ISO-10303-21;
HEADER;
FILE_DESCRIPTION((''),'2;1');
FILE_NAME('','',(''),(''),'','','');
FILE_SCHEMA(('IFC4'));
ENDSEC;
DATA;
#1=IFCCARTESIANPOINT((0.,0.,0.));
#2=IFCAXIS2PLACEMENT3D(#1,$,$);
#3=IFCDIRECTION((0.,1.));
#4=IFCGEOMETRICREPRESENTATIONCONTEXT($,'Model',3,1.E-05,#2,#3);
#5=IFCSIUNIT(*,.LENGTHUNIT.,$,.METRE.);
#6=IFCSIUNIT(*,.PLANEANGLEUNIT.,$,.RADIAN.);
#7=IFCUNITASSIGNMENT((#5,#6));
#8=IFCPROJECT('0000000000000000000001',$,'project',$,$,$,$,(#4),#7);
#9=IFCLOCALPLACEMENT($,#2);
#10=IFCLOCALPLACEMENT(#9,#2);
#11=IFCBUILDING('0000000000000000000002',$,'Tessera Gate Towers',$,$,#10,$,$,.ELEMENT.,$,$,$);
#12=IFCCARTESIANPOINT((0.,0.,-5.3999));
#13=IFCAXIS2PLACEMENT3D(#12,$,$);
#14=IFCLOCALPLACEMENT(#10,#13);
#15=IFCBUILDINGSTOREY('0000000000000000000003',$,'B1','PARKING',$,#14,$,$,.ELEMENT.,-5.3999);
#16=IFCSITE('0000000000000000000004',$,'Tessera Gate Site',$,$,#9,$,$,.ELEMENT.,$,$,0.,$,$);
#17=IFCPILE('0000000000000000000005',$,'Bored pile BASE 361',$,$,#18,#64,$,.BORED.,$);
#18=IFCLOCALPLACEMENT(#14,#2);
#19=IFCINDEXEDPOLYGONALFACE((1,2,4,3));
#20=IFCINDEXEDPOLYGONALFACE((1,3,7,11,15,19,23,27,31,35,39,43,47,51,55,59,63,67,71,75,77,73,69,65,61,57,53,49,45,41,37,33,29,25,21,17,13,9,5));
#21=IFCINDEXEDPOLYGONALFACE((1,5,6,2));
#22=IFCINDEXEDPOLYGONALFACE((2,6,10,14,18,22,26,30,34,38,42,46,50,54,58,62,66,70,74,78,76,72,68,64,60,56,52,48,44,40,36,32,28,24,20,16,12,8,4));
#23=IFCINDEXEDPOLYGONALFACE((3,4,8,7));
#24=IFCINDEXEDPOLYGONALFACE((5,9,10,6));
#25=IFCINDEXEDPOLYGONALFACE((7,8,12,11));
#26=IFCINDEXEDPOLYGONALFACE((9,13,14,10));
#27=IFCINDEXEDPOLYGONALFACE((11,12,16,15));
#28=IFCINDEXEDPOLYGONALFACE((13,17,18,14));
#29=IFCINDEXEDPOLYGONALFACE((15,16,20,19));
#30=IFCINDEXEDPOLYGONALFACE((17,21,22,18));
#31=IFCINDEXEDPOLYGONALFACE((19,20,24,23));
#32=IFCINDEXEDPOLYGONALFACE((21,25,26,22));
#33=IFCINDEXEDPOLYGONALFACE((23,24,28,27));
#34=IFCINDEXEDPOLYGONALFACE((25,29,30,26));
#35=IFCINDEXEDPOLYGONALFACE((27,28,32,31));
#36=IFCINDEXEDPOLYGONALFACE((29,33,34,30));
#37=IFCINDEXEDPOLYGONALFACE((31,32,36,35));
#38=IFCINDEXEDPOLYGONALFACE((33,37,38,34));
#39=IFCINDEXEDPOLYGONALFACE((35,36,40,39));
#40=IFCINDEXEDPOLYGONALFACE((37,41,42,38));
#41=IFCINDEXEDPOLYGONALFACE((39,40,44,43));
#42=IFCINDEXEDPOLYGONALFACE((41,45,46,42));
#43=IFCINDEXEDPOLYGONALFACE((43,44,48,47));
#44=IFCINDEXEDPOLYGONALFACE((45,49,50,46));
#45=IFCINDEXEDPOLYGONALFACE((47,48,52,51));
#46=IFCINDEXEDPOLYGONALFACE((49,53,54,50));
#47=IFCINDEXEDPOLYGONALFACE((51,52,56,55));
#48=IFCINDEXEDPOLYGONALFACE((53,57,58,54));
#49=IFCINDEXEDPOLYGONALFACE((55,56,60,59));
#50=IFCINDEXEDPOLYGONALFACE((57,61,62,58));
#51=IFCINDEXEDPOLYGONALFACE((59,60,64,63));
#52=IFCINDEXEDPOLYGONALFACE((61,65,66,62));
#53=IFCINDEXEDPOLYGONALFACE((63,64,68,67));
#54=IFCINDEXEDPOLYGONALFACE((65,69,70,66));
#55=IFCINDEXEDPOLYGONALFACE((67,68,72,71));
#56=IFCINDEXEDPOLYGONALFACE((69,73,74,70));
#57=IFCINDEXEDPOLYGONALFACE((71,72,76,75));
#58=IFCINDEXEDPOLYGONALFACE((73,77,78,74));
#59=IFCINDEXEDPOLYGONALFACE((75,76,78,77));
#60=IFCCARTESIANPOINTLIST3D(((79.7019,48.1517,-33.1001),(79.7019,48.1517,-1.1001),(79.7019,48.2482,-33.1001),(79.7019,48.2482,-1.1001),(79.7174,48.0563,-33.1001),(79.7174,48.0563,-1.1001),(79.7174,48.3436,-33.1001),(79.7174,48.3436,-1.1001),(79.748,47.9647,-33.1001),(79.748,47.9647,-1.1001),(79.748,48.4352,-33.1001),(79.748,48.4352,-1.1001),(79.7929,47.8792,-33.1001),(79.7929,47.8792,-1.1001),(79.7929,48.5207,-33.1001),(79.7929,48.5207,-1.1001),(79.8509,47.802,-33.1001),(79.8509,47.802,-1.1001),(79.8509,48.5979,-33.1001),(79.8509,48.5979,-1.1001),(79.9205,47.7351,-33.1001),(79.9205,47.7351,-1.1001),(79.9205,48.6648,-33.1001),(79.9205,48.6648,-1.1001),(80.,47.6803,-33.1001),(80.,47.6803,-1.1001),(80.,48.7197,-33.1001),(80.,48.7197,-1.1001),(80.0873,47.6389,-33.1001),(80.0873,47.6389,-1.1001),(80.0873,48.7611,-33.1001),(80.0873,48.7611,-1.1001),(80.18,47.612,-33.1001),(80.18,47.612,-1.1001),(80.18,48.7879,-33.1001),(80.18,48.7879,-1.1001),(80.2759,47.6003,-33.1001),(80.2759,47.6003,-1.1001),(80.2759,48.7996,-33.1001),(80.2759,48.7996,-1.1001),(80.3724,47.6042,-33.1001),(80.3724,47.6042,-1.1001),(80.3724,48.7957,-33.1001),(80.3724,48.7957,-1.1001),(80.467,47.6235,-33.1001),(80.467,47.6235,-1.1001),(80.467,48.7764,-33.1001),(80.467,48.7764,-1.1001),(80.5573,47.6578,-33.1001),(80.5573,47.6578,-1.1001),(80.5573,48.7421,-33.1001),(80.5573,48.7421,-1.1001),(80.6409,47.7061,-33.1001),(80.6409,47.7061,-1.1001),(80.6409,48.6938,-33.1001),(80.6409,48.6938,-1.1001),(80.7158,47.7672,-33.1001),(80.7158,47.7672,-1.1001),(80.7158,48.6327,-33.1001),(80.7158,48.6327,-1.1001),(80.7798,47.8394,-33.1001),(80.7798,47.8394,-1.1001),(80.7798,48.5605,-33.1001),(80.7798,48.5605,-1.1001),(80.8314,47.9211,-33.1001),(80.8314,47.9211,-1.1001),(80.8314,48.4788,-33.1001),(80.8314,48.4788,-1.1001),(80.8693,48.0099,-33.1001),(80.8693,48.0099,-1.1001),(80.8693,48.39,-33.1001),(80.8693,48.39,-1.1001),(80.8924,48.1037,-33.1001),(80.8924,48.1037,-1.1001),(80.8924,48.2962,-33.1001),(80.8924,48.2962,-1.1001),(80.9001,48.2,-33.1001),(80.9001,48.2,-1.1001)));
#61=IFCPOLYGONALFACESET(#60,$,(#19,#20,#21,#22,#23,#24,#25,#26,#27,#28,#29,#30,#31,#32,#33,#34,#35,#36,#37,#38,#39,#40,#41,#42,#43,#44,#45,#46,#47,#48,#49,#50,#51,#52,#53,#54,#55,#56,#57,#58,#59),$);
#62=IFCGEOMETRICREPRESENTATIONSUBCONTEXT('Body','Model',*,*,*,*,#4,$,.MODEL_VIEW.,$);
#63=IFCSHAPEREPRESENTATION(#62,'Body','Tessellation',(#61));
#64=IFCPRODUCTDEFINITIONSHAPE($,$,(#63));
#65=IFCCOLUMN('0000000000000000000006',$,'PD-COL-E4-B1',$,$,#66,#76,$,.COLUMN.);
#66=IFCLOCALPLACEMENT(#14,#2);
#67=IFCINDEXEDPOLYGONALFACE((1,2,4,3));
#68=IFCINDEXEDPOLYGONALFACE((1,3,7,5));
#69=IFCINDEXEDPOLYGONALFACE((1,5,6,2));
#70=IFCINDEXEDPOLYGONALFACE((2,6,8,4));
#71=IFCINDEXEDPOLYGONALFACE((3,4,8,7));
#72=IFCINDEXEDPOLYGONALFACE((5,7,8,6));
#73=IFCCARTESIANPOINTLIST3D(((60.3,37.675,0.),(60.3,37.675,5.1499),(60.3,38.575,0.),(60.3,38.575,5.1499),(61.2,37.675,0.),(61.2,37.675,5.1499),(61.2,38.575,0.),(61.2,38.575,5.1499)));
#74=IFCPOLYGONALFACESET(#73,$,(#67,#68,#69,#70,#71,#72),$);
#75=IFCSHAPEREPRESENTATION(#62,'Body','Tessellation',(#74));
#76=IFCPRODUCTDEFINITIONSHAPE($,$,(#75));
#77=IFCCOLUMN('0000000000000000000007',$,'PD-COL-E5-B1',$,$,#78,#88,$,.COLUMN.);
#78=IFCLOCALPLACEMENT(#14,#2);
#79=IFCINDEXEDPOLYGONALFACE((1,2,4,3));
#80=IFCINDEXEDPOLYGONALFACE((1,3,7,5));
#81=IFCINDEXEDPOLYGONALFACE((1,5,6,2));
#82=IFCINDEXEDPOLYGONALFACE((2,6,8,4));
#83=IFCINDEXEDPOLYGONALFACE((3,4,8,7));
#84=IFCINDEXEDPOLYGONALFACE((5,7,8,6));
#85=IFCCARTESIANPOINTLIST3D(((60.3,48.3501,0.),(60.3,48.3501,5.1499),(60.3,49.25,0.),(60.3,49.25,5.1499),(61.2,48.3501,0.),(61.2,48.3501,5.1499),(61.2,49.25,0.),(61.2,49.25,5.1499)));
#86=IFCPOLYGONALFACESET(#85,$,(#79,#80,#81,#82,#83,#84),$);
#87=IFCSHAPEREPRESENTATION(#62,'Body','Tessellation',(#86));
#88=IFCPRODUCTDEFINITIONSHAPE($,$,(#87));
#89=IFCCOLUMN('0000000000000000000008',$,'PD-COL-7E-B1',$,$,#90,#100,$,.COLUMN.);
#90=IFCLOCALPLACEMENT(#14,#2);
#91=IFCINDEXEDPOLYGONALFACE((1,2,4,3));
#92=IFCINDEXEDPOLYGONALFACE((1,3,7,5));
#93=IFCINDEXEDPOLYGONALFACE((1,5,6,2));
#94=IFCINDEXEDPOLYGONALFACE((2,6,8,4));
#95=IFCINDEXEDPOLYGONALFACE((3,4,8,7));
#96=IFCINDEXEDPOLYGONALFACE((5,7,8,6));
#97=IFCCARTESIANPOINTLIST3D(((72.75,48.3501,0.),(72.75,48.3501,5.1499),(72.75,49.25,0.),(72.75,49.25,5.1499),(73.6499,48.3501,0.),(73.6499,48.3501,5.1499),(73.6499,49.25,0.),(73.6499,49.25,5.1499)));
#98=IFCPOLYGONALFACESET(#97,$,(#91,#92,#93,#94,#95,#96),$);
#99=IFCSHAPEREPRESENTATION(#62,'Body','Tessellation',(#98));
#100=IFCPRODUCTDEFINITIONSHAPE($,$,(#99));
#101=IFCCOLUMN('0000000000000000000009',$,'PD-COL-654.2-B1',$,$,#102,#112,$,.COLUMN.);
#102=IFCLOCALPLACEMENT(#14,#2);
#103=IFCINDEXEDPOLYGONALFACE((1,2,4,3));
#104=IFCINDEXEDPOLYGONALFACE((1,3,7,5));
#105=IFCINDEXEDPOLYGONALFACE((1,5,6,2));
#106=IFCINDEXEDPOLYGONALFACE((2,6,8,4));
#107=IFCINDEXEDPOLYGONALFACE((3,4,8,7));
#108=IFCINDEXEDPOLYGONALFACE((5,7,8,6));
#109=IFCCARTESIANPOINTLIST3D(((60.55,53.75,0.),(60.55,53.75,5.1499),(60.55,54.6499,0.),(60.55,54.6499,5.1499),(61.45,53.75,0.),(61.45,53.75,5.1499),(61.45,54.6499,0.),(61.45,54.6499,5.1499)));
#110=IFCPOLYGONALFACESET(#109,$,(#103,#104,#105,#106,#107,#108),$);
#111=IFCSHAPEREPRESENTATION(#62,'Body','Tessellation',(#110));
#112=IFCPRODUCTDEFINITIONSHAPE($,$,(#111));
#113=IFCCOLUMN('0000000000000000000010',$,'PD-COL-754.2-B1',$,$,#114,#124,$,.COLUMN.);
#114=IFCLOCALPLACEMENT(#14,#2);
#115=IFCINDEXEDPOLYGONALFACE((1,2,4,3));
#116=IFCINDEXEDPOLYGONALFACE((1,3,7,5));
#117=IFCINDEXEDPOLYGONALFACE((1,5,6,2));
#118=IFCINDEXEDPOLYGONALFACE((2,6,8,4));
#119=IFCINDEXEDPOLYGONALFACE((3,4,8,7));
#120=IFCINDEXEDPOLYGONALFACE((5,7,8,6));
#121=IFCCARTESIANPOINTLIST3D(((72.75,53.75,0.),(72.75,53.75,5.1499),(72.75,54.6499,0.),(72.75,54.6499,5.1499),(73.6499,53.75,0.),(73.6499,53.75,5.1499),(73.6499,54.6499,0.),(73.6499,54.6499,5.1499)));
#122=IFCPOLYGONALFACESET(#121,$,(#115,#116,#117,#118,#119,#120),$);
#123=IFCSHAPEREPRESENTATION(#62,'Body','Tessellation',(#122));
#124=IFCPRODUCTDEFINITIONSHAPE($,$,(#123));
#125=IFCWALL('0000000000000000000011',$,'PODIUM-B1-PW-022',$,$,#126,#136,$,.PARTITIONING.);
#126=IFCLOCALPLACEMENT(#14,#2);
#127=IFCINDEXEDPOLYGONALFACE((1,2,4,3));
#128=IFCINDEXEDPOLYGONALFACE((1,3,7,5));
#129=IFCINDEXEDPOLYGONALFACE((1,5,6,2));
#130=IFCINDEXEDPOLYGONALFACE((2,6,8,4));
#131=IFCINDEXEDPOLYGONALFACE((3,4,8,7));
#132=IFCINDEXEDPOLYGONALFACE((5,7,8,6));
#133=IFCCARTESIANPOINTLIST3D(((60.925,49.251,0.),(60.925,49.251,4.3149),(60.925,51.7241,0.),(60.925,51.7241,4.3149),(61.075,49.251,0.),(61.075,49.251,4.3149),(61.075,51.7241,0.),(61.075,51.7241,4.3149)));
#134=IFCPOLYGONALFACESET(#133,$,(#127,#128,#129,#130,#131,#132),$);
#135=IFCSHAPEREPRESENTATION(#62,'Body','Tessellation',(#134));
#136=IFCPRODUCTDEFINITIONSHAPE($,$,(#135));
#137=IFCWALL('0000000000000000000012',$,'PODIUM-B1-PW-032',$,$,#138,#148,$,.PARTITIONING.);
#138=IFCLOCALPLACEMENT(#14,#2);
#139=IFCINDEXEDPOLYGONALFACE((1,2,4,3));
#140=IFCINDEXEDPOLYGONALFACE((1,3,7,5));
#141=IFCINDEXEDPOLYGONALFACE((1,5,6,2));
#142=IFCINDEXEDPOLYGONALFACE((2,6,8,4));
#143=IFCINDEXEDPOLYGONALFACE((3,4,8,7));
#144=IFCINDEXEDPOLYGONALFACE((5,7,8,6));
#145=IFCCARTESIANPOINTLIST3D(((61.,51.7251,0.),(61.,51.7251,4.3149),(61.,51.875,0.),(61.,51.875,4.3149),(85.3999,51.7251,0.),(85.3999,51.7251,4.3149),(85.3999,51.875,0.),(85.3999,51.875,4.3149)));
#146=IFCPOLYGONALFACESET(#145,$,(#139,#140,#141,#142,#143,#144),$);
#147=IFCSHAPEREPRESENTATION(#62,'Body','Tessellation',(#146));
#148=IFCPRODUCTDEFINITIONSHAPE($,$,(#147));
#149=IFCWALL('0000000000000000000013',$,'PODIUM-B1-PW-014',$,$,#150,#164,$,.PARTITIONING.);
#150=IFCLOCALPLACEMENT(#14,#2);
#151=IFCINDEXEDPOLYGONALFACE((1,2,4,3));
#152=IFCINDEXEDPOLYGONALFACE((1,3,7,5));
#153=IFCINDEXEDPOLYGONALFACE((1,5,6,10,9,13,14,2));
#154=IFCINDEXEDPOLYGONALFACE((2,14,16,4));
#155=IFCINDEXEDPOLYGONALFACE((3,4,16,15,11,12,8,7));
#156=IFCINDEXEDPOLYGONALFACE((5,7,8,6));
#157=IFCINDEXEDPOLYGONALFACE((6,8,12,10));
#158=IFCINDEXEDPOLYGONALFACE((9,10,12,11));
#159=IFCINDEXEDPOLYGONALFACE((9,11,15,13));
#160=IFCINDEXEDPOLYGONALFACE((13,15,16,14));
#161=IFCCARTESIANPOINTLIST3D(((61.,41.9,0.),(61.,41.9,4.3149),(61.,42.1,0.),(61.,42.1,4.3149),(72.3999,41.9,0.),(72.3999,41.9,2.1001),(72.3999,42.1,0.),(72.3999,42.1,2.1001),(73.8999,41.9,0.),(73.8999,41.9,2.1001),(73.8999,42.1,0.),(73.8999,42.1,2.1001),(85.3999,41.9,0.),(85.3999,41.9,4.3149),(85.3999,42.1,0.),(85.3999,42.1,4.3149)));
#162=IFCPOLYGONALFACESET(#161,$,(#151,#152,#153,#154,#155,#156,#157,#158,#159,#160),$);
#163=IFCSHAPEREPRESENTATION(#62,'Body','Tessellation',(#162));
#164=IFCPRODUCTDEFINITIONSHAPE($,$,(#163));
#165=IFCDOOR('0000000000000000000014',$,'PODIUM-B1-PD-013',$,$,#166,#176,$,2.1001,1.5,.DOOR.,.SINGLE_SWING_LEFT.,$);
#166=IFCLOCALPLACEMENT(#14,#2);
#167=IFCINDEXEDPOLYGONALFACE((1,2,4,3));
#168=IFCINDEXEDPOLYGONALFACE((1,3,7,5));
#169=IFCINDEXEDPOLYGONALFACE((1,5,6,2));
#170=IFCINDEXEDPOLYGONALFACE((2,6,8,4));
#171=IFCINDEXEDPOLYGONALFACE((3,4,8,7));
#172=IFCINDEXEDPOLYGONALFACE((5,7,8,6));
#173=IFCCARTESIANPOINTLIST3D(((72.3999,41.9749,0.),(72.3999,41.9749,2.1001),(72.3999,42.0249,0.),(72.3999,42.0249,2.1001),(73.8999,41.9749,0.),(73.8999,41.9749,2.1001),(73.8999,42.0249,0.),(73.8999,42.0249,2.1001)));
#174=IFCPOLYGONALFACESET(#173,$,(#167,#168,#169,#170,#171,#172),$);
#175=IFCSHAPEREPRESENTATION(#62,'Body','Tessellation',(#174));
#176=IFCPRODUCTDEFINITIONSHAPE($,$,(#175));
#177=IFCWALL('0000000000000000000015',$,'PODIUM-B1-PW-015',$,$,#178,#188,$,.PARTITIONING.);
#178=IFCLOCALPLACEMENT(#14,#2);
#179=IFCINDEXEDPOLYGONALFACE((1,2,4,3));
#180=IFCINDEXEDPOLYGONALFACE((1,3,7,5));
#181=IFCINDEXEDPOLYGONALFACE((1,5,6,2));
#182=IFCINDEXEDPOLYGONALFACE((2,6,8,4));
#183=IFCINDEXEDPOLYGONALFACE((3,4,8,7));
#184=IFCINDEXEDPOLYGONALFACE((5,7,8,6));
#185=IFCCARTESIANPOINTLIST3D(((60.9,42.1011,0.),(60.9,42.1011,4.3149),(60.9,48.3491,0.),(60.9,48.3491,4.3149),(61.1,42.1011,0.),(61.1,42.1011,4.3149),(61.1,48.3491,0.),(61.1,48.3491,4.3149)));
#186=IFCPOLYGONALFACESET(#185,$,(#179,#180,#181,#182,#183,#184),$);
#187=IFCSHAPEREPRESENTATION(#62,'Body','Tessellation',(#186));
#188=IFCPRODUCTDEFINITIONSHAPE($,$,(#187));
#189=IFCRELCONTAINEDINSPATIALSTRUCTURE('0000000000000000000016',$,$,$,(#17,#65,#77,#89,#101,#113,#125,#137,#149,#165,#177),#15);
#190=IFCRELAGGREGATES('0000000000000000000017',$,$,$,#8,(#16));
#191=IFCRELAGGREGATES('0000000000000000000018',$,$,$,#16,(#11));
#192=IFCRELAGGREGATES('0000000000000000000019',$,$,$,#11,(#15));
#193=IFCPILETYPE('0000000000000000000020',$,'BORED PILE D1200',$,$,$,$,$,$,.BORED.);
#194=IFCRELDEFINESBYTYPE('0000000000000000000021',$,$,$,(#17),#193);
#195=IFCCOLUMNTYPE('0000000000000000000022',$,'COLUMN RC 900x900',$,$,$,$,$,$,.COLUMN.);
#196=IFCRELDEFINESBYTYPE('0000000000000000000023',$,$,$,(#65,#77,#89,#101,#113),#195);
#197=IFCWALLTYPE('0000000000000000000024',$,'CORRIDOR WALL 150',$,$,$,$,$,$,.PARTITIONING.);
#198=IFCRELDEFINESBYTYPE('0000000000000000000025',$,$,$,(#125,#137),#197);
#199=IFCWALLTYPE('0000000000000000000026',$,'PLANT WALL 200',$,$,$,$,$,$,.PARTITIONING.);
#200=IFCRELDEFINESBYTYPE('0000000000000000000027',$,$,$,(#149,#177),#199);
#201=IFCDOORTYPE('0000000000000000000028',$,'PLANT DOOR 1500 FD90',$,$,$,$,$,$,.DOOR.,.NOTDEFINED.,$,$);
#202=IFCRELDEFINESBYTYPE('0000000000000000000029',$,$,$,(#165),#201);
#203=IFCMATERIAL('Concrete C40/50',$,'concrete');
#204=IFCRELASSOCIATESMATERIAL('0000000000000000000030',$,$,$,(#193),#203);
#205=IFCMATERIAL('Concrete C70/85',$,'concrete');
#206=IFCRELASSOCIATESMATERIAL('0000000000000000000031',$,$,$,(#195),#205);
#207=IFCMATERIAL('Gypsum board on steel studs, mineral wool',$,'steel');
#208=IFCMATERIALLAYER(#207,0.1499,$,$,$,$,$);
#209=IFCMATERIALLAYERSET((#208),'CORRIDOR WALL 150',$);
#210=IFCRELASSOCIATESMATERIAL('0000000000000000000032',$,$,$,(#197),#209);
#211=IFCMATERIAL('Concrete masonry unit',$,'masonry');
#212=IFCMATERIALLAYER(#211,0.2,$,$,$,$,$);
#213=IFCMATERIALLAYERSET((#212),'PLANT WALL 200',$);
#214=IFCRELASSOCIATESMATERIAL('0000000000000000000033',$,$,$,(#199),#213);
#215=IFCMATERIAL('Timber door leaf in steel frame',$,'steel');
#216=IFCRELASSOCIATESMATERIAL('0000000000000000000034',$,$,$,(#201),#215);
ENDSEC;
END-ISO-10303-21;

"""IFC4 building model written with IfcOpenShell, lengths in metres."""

from ifc_helpers import new_model, si_unit, direction, frame, frame_2d, origin, origin_2d, place, context, subcontext, project, spatial, rectangle, circle, extrude, source, transform, mapped, material, layer, layer_set, material_profile, profile_set, type_object, element, fill, save


model = new_model("IFC4")

# Units and contexts
model_context = context("Model", 3, precision=1e-05, world=origin(), true_north=direction((0.0, 1.0)))
body_context = subcontext(model_context, "Body", "Model", "MODEL_VIEW")
ifc_project = project(units=[si_unit("LENGTHUNIT", "METRE"), si_unit("PLANEANGLEUNIT", "RADIAN")], contexts=[model_context])

# Site, building, storey
site_placement = place(None, origin())
site = spatial("IfcSite", under=ifc_project, at=site_placement, Name="Tessera Gate Site", CompositionType="ELEMENT", RefElevation=0.0)
building_placement = place(site_placement, origin())
building = spatial("IfcBuilding", under=site, at=building_placement, Name="Tessera Gate Towers", CompositionType="ELEMENT")
storey_placement = place(building_placement, frame((0.0, 0.0, -5.3999)))
storey = spatial("IfcBuildingStorey", under=building, at=storey_placement, Name="B1", Description="PARKING", CompositionType="ELEMENT", Elevation=-5.3999)

# Pile
ifc_material_1 = material(Name="Concrete C40/50", Category="concrete")
ifc_material_profile_1 = material_profile(ifc_material_1, circle(Radius=0.6001, at=origin_2d()), Name="BORED PILE D1200")
ifc_profile_set_1 = profile_set([ifc_material_profile_1], Name="Concrete C40/50")
pile_type = type_object("IfcPileType", Name="BORED PILE D1200", PredefinedType="BORED", material=ifc_profile_set_1)
for number, where, z_axis, x_axis, name in (
    (1, (80.3, 48.2, -1.1001), (0.0, 0.0, -1.0), (1.0, 0.0, 0.0), "Bored pile BASE 361"),
):
    element("IfcPile", number, at=place(storey_placement, frame(where, z_axis=z_axis, x_axis=x_axis)), inside=storey, type_object=pile_type, Name=name, PredefinedType="BORED", context=body_context, shape_type="SweptSolid", body=[
        extrude(circle(Radius=0.6001, at=origin_2d()), origin(), (0.0, 0.0, 1.0), 32.0),
    ])

# Columns
ifc_material_2 = material(Name="Concrete C70/85", Category="concrete")
ifc_material_profile_2 = material_profile(ifc_material_2, rectangle(XDim=0.8999, YDim=0.8999, at=origin_2d()), Name="RC 900x900")
ifc_profile_set_2 = profile_set([ifc_material_profile_2], Name="Concrete C70/85")
column_type = type_object("IfcColumnType", Name="COLUMN RC 900x900", PredefinedType="COLUMN", material=ifc_profile_set_2)
for number, where, z_axis, x_axis, name in (
    (2, (60.75, 38.125, 0.0), (0.0, 0.0, 1.0), (1.0, 0.0, 0.0), "PD-COL-E4-B1"),
    (3, (60.75, 48.8, 0.0), (0.0, 0.0, 1.0), (1.0, 0.0, 0.0), "PD-COL-E5-B1"),
    (4, (73.2, 48.8, 0.0), (0.0, 0.0, 1.0), (1.0, 0.0, 0.0), "PD-COL-7E-B1"),
    (5, (61.0, 54.2, 0.0), (0.0, 0.0, 1.0), (1.0, 0.0, 0.0), "PD-COL-654.2-B1"),
    (6, (73.2, 54.2, 0.0), (0.0, 0.0, 1.0), (1.0, 0.0, 0.0), "PD-COL-754.2-B1"),
):
    element("IfcColumn", number, at=place(storey_placement, frame(where, z_axis=z_axis, x_axis=x_axis)), inside=storey, type_object=column_type, Name=name, PredefinedType="COLUMN", context=body_context, shape_type="SweptSolid", body=[
        extrude(rectangle(XDim=0.8999, YDim=0.8999, at=origin_2d()), origin(), (0.0, 0.0, 1.0), 5.1499),
    ])

# Walls
ifc_material_3 = material(Name="Gypsum board on steel studs, mineral wool", Category="steel")
ifc_layer_1 = layer(ifc_material_3, 0.1499)
ifc_layer_set_1 = layer_set([ifc_layer_1], Name="CORRIDOR WALL 150")
wall_type_1 = type_object("IfcWallType", Name="CORRIDOR WALL 150", PredefinedType="PARTITIONING", material=ifc_layer_set_1)
wall_1_placement = place(storey_placement, frame((61.0, 49.251, 0.0), z_axis=(0.0, 0.0, 1.0), x_axis=(0.0, 1.0, 0.0)))
element("IfcWall", 7, at=wall_1_placement, inside=storey, type_object=wall_type_1, Name="PODIUM-B1-PW-022", PredefinedType="PARTITIONING", context=body_context, shape_type="SweptSolid", body=[
    extrude(rectangle(XDim=2.4731, YDim=0.1499, at=frame_2d((1.2366, 0.0))), origin(), (0.0, 0.0, 1.0), 4.3149),
])
wall_2_placement = place(storey_placement, frame((61.0, 51.8, 0.0), z_axis=(0.0, 0.0, 1.0), x_axis=(1.0, 0.0, 0.0)))
element("IfcWall", 8, at=wall_2_placement, inside=storey, type_object=wall_type_1, Name="PODIUM-B1-PW-032", PredefinedType="PARTITIONING", context=body_context, shape_type="SweptSolid", body=[
    extrude(rectangle(XDim=24.3999, YDim=0.1499, at=frame_2d((12.2, 0.0))), origin(), (0.0, 0.0, 1.0), 4.3149),
])

# Wall, opening, door
ifc_material_4 = material(Name="Concrete masonry unit", Category="masonry")
ifc_layer_2 = layer(ifc_material_4, 0.2)
ifc_layer_set_2 = layer_set([ifc_layer_2], Name="PLANT WALL 200")
wall_type_2 = type_object("IfcWallType", Name="PLANT WALL 200", PredefinedType="PARTITIONING", material=ifc_layer_set_2)
wall_3_placement = place(storey_placement, frame((61.0, 42.0, 0.0), z_axis=(0.0, 0.0, 1.0), x_axis=(1.0, 0.0, 0.0)))
wall_3 = element("IfcWall", 9, at=wall_3_placement, inside=storey, type_object=wall_type_2, Name="PODIUM-B1-PW-014", PredefinedType="PARTITIONING", context=body_context, shape_type="SweptSolid", body=[
    extrude(rectangle(XDim=24.3999, YDim=0.2, at=frame_2d((12.2, 0.0))), origin(), (0.0, 0.0, 1.0), 4.3149),
])
shared_shape_1 = source(origin(), body_context, "Body", "SweptSolid", [
    extrude(rectangle(XDim=1.5, YDim=2.1001, at=frame_2d((0.75, 1.05))), frame((0.0, 0.1099, 0.0), z_axis=(0.0, -1.0, 0.0), x_axis=(1.0, 0.0, 0.0)), (0.0, 0.0, 1.0), 0.22),
])
opening_placement = place(wall_3_placement, frame((11.3999, 0.0, 0.0)))
opening = element("IfcOpeningElement", 10, at=opening_placement, cuts=wall_3, PredefinedType="OPENING", context=body_context, shape_type="MappedRepresentation", body=[
    mapped(shared_shape_1, transform((0.0, 0.0, 0.0), scale=1.0)),
])
ifc_material_5 = material(Name="Timber door leaf in steel frame", Category="steel")
door_type = type_object("IfcDoorType", Name="PLANT DOOR 1500 FD90", OperationType="NOTDEFINED", PredefinedType="DOOR", material=ifc_material_5)
shared_shape_2 = source(origin(), body_context, "Body", "SweptSolid", [
    extrude(rectangle(XDim=1.5, YDim=2.1001, at=frame_2d((0.75, 1.05))), frame((0.0, 0.0249, 0.0), z_axis=(0.0, -1.0, 0.0), x_axis=(1.0, 0.0, 0.0)), (0.0, 0.0, 1.0), 0.05),
])
door_placement = place(opening_placement, origin())
door = element("IfcDoor", 11, at=door_placement, inside=storey, type_object=door_type, Name="PODIUM-B1-PD-013", OperationType="SINGLE_SWING_LEFT", OverallHeight=2.1001, OverallWidth=1.5, PredefinedType="DOOR", context=body_context, shape_type="MappedRepresentation", body=[
    mapped(shared_shape_2, transform((0.0, 0.0, 0.0), scale=1.0)),
])
fill(opening, door)

# Wall
wall_4_placement = place(storey_placement, frame((61.0, 42.1011, 0.0), z_axis=(0.0, 0.0, 1.0), x_axis=(0.0, 1.0, 0.0)))
element("IfcWall", 12, at=wall_4_placement, inside=storey, type_object=wall_type_2, Name="PODIUM-B1-PW-015", PredefinedType="PARTITIONING", context=body_context, shape_type="SweptSolid", body=[
    extrude(rectangle(XDim=6.248, YDim=0.2, at=frame_2d((3.124, 0.0))), origin(), (0.0, 0.0, 1.0), 4.3149),
])

save(model, "model.ifc")
